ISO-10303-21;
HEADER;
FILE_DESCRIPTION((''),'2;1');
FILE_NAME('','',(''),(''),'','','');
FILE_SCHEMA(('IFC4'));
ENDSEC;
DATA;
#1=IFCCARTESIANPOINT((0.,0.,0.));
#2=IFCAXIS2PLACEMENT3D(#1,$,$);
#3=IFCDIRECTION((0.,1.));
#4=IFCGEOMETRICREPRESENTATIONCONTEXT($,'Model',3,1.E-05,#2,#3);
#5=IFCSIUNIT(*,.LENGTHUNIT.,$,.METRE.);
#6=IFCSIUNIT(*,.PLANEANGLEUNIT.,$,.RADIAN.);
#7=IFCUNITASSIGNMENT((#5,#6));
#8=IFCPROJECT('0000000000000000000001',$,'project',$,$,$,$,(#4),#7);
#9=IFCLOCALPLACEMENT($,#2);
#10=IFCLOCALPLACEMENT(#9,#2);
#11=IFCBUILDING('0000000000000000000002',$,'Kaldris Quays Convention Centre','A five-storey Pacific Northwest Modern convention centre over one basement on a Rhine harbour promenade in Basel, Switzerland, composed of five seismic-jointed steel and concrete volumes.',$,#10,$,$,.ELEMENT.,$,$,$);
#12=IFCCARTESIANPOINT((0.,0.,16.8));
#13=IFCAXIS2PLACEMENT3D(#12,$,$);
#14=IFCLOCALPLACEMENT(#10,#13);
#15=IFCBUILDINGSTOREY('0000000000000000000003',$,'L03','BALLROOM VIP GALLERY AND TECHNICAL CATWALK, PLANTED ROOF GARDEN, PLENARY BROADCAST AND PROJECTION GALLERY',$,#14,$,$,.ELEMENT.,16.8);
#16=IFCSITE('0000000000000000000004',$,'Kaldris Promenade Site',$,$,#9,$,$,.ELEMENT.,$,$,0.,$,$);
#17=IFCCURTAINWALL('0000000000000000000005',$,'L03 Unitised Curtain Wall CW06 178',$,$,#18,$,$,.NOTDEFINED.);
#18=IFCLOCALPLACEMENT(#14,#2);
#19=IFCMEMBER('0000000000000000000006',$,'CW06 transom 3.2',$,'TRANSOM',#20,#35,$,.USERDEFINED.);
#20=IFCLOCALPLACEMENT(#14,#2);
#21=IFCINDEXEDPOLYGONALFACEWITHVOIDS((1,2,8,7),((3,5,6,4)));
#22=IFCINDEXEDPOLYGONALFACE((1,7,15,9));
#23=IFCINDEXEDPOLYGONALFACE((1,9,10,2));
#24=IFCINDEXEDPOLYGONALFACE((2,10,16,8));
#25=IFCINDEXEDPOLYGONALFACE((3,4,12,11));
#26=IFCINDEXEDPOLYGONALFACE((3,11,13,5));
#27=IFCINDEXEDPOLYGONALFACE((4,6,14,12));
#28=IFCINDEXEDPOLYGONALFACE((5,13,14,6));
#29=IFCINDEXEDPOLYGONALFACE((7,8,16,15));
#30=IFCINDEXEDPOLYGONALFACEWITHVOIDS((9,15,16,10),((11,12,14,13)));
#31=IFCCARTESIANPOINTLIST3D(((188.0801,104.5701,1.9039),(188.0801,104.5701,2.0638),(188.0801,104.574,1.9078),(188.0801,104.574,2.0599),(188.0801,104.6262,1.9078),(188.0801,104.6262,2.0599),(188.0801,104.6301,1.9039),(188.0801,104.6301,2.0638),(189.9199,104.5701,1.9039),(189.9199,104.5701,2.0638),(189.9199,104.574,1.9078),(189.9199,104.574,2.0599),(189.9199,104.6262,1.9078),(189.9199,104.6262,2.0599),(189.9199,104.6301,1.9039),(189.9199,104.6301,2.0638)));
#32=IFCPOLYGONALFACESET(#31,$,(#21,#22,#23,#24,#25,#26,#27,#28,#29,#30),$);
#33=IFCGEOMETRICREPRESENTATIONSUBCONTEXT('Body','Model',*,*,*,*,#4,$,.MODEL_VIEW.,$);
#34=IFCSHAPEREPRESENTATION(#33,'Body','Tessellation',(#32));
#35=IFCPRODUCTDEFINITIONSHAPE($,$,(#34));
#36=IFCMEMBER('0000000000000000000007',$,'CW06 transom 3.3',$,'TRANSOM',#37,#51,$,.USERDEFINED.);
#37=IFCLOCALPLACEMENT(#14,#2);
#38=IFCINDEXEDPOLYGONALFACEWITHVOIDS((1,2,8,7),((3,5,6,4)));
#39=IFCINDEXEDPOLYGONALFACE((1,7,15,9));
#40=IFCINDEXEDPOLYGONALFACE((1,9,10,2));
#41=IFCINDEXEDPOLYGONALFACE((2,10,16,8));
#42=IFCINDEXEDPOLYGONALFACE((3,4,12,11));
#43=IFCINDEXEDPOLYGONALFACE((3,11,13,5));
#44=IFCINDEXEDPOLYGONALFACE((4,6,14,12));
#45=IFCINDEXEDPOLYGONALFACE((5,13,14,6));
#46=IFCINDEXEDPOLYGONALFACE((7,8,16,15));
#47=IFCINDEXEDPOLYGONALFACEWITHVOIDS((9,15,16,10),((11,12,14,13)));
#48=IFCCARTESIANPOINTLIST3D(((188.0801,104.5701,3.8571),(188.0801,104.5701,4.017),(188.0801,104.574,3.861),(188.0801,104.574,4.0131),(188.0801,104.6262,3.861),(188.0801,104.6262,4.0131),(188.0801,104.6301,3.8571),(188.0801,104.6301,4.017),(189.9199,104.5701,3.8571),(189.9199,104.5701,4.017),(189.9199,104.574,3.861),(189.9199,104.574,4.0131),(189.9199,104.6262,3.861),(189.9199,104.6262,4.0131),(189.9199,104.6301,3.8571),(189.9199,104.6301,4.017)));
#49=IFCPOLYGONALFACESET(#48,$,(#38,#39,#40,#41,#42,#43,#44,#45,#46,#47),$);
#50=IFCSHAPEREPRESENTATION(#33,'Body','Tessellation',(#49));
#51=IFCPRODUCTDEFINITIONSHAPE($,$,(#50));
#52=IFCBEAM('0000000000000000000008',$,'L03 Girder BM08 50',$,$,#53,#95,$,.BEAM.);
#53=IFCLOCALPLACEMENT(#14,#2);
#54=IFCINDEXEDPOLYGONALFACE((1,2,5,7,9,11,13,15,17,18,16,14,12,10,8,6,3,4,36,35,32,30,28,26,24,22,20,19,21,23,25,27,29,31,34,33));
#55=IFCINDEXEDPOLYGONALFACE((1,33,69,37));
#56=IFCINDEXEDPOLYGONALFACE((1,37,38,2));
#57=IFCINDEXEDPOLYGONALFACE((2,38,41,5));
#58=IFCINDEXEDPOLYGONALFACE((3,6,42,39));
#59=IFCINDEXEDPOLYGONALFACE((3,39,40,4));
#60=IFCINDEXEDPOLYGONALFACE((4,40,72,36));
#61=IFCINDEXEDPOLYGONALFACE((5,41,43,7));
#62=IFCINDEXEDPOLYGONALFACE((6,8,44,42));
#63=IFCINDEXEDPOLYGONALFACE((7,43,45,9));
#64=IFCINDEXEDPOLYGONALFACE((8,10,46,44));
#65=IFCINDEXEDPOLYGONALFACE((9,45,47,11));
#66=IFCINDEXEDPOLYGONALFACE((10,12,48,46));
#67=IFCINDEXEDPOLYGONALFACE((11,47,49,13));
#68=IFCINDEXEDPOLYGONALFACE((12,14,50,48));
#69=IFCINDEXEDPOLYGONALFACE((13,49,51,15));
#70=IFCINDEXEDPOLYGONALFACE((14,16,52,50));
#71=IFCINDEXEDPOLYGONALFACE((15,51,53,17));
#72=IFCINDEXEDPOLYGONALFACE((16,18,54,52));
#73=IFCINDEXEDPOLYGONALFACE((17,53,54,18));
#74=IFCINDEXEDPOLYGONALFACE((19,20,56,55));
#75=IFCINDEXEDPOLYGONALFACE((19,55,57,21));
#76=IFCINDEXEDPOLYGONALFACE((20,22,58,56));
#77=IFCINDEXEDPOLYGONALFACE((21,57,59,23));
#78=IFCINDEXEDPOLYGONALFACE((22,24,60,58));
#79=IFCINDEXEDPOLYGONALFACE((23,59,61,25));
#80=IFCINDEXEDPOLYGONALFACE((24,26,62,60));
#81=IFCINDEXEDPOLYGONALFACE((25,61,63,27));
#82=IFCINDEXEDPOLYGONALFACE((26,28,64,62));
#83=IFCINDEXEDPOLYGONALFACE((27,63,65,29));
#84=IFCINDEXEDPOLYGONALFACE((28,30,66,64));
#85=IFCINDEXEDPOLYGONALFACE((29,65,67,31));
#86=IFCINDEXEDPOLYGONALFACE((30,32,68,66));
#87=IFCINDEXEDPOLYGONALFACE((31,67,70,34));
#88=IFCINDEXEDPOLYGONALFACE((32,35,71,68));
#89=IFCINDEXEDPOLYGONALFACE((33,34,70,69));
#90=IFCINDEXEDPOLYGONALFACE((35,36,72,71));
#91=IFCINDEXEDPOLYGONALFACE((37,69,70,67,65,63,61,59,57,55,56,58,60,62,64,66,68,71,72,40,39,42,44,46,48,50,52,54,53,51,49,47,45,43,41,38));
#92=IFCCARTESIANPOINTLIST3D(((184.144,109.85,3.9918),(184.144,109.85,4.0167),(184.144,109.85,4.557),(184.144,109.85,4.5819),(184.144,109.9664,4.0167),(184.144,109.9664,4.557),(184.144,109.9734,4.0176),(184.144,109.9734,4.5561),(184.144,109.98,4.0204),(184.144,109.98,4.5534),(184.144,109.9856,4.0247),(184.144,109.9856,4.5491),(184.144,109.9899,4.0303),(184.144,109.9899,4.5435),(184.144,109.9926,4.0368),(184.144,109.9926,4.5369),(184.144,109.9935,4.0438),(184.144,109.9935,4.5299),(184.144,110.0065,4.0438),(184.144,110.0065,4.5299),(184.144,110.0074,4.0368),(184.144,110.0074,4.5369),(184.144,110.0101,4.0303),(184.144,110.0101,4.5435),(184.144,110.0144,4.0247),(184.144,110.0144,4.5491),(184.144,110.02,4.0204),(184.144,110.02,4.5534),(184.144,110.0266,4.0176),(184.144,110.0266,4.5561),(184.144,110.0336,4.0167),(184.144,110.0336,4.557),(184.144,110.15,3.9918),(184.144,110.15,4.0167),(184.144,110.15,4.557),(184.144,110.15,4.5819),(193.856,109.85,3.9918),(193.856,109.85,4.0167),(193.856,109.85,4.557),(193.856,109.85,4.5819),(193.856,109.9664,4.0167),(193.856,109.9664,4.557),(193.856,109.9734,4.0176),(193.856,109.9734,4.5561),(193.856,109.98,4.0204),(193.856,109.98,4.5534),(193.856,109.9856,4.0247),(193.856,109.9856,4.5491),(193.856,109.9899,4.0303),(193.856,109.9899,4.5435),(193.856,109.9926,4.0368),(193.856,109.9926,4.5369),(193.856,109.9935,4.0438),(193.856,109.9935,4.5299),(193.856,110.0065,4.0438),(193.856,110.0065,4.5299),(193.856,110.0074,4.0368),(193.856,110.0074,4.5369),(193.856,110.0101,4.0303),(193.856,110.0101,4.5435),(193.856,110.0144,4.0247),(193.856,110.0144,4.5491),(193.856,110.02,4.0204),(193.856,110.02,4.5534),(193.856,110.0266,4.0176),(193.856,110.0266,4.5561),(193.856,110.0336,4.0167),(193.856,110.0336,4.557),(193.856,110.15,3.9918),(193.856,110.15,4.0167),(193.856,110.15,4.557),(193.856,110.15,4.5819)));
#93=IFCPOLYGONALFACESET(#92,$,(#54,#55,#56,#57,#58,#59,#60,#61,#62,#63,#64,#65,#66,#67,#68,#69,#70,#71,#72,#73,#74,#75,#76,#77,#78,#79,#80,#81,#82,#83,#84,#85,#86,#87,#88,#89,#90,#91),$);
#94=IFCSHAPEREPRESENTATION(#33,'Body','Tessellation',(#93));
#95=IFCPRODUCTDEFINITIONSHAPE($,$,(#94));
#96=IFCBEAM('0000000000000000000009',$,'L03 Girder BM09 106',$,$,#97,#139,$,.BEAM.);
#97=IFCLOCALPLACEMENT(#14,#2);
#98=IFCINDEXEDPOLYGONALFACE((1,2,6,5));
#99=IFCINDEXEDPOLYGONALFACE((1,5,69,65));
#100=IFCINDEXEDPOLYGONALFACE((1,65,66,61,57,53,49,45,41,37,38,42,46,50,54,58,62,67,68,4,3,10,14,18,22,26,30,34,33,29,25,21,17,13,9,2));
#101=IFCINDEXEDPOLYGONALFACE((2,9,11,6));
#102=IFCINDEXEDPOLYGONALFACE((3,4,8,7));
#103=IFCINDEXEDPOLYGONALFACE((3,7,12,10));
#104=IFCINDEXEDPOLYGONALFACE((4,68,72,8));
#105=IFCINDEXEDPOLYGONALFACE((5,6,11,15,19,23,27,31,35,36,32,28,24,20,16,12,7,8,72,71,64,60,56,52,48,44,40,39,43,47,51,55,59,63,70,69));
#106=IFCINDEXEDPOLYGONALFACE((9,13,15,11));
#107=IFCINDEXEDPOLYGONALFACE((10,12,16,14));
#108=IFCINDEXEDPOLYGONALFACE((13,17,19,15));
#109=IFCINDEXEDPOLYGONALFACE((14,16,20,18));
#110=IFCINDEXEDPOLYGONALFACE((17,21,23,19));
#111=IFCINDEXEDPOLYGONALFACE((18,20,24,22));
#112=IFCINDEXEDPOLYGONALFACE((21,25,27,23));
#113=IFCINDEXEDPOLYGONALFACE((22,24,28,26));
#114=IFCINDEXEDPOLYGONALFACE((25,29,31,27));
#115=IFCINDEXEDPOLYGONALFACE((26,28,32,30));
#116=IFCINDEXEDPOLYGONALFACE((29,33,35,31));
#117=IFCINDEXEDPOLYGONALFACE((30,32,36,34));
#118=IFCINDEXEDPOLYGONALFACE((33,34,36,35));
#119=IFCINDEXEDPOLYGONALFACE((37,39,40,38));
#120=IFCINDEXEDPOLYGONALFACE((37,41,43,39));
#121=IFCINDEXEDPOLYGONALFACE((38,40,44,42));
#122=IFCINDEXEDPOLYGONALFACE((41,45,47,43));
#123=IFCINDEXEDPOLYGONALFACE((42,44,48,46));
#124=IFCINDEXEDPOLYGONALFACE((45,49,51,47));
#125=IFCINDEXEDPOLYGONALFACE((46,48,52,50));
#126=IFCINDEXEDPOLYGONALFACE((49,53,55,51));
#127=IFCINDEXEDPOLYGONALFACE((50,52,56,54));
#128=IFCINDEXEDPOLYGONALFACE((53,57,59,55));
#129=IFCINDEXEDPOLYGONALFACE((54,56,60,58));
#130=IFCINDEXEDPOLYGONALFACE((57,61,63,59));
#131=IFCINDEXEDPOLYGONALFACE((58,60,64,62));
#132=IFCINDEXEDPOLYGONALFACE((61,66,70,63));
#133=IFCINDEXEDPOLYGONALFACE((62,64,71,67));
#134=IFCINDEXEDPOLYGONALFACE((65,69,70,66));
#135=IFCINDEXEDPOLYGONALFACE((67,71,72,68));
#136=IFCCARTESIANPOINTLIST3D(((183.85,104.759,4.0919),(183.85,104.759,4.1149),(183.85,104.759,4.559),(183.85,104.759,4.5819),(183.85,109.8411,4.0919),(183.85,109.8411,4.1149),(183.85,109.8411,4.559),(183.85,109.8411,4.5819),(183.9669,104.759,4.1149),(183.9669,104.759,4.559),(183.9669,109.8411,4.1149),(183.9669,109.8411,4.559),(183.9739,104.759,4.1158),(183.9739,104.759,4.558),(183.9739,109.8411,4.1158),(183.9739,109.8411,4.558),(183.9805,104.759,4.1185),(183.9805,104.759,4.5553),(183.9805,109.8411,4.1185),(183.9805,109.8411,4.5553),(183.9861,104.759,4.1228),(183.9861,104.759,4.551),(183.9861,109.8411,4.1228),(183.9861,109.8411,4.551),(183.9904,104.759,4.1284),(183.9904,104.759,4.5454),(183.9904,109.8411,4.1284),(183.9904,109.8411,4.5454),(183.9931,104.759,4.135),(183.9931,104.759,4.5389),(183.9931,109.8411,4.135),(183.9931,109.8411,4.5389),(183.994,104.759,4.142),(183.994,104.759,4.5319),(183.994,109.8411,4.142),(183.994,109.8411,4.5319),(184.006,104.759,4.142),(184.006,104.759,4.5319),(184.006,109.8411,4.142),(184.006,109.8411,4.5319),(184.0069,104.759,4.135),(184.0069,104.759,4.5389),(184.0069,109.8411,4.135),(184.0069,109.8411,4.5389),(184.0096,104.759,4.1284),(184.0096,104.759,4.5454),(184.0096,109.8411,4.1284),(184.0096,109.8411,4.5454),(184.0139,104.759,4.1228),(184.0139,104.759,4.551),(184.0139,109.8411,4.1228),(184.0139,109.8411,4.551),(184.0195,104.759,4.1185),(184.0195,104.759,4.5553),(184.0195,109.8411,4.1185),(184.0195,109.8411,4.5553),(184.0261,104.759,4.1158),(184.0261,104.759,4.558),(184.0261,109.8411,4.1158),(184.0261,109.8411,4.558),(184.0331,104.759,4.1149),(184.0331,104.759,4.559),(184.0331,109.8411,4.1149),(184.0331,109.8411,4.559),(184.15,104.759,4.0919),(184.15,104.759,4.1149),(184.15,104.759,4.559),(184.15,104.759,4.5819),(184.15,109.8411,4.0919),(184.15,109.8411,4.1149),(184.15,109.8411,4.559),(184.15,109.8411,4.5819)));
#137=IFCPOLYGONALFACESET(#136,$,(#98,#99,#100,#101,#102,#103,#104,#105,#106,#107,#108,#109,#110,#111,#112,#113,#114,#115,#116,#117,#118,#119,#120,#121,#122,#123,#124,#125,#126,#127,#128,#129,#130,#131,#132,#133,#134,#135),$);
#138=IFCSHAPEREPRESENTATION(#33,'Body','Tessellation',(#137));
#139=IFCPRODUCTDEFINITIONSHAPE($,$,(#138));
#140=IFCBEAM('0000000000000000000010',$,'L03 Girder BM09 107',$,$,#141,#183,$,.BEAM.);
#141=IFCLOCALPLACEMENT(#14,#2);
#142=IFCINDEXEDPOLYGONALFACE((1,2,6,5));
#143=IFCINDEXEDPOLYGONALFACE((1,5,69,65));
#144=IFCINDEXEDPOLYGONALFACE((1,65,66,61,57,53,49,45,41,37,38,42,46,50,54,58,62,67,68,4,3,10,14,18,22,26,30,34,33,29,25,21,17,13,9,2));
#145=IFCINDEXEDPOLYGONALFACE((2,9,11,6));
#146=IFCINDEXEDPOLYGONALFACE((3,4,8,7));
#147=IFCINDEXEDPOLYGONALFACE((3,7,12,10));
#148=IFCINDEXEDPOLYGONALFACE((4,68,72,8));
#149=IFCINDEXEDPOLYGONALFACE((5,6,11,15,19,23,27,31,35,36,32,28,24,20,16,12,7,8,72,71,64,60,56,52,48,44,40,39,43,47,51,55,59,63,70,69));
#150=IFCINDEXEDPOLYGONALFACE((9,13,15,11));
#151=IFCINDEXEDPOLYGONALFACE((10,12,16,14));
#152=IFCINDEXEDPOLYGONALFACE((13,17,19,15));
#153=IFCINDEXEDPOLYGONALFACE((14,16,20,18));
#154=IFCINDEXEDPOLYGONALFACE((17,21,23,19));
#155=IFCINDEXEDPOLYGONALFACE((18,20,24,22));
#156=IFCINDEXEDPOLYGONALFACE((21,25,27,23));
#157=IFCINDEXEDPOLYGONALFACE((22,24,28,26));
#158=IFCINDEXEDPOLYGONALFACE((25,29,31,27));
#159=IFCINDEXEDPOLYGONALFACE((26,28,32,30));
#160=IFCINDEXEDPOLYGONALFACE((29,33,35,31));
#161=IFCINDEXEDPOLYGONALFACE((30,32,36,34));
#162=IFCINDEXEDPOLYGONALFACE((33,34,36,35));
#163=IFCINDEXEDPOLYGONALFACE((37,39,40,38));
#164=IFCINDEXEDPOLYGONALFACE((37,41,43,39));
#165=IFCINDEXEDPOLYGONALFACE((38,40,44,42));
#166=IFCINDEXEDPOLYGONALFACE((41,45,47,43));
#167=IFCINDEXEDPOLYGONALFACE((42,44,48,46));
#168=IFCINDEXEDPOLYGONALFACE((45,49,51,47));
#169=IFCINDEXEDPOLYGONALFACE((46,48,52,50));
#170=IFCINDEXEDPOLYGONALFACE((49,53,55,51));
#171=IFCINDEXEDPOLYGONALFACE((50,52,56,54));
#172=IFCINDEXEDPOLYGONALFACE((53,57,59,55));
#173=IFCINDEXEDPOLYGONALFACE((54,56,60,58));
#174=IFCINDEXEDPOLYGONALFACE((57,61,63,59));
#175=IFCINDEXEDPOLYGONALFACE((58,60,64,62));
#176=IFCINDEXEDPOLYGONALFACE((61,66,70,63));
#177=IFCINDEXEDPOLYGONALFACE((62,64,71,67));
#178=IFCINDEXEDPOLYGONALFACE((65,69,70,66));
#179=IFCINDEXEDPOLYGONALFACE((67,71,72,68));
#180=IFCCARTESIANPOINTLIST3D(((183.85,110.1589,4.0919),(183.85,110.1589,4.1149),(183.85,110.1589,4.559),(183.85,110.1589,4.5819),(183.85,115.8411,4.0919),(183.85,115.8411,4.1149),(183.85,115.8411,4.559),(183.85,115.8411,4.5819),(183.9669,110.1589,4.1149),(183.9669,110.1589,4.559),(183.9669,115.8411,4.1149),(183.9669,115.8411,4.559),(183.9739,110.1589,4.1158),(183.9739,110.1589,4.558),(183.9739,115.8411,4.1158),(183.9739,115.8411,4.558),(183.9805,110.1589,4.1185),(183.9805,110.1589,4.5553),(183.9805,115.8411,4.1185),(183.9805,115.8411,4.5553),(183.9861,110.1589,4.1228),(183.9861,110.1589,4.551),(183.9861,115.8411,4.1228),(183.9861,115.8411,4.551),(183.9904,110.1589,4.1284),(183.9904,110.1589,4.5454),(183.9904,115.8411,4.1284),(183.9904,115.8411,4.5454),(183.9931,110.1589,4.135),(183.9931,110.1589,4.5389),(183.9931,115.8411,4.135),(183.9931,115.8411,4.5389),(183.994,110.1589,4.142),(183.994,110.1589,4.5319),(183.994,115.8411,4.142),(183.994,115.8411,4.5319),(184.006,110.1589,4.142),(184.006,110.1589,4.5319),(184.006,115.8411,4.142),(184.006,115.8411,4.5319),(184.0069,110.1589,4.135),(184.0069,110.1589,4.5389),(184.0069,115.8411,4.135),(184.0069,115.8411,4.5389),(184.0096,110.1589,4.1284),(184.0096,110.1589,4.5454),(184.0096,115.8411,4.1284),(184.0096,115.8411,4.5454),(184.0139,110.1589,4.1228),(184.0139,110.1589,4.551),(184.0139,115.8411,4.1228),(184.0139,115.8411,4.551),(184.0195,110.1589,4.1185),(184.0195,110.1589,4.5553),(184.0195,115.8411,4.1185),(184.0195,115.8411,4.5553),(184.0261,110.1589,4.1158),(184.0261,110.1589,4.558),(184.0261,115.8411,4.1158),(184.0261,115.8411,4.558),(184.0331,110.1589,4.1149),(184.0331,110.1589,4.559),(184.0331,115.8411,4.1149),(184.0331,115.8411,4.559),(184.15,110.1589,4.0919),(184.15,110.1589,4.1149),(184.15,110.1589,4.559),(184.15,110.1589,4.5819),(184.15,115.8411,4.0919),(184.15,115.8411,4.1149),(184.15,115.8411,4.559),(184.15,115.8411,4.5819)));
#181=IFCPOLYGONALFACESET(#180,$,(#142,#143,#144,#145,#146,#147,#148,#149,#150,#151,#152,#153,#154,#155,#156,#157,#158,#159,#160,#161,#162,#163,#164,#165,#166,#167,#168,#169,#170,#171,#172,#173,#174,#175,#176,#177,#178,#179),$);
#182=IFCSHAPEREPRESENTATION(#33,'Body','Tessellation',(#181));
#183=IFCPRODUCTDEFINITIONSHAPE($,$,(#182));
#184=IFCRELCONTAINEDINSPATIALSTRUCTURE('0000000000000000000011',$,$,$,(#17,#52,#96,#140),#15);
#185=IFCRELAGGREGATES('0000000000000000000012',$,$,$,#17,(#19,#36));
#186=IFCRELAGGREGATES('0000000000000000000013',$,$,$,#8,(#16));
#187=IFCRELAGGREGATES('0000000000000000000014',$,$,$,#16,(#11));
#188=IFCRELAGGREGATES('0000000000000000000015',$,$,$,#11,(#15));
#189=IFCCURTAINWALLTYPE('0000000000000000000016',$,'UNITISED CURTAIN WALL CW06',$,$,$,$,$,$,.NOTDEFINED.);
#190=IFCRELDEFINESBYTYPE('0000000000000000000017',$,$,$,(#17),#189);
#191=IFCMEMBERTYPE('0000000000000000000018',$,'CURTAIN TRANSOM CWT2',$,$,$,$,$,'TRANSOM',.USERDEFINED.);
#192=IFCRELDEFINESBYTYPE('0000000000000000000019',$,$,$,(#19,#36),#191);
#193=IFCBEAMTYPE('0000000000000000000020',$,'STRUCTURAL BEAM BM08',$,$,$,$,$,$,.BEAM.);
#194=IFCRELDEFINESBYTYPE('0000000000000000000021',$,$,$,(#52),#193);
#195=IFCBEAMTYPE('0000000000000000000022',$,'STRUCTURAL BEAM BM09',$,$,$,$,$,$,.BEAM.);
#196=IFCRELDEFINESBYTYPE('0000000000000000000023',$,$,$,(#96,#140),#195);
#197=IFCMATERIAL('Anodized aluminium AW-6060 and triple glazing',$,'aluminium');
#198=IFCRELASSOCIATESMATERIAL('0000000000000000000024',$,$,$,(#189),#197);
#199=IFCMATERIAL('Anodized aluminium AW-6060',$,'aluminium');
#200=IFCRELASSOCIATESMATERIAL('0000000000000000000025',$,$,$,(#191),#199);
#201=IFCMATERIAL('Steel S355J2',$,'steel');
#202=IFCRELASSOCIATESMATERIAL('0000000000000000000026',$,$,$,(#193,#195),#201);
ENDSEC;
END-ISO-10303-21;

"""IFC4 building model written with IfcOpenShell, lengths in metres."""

from ifc_helpers import new_model, si_unit, direction, frame, origin, origin_2d, place, context, subcontext, project, spatial, hollow_rectangle, i_section, extrude, material, material_profile, profile_set, type_object, element, aggregate, save


model = new_model("IFC4")

# Units and contexts
model_context = context("Model", 3, precision=1e-05, world=origin(), true_north=direction((0.0, 1.0)))
body_context = subcontext(model_context, "Body", "Model", "MODEL_VIEW")
ifc_project = project(units=[si_unit("LENGTHUNIT", "METRE"), si_unit("PLANEANGLEUNIT", "RADIAN")], contexts=[model_context])

# Site, building, storey
site_placement = place(None, origin())
site = spatial("IfcSite", under=ifc_project, at=site_placement, Name="Kaldris Promenade Site", CompositionType="ELEMENT", RefElevation=0.0)
building_placement = place(site_placement, origin())
building = spatial("IfcBuilding", under=site, at=building_placement, Name="Kaldris Quays Convention Centre", Description="A five-storey Pacific Northwest Modern convention centre over one basement on a Rhine harbour promenade in Basel, Switzerland, composed of five seismic-jointed steel and concrete volumes.", CompositionType="ELEMENT")
storey_placement = place(building_placement, frame((0.0, 0.0, 16.8)))
storey = spatial("IfcBuildingStorey", under=building, at=storey_placement, Name="L03", Description="BALLROOM VIP GALLERY AND TECHNICAL CATWALK, PLANTED ROOF GARDEN, PLENARY BROADCAST AND PROJECTION GALLERY", CompositionType="ELEMENT", Elevation=16.8)

# Shared definitions
ifc_material_1 = material(Name="Steel S355J2", Category="steel")

# Curtain wall
ifc_material_2 = material(Name="Anodized aluminium AW-6060 and triple glazing", Category="aluminium")
curtain_wall_type = type_object("IfcCurtainWallType", Name="UNITISED CURTAIN WALL CW06", PredefinedType="NOTDEFINED", material=ifc_material_2)
ifc_material_3 = material(Name="Anodized aluminium AW-6060", Category="aluminium")
curtain_wall_1_placement = place(storey_placement, origin())
curtain_wall_1 = element("IfcCurtainWall", 1, at=curtain_wall_1_placement, inside=storey, type_object=curtain_wall_type, Name="L03 Unitised Curtain Wall CW06 178", PredefinedType="NOTDEFINED")

# Members
ifc_material_profile_1 = material_profile(ifc_material_3, hollow_rectangle(XDim=0.0601, YDim=0.1599, WallThickness=0.0039, at=origin_2d()), Name="RHS 160x60x4")
ifc_profile_set_1 = profile_set([ifc_material_profile_1], Name="Anodized aluminium AW-6060")
member_type_1 = type_object("IfcMemberType", Name="CURTAIN TRANSOM CWT2", ElementType="TRANSOM", PredefinedType="USERDEFINED", material=ifc_profile_set_1)
member_1_placement = place(storey_placement, frame((188.0801, 104.6001, 1.9839), z_axis=(1.0, 0.0, 0.0), x_axis=(0.0, 1.0, 0.0)))
member_1 = element("IfcMember", 2, at=member_1_placement, type_object=member_type_1, Name="CW06 transom 3.2", ObjectType="TRANSOM", PredefinedType="USERDEFINED", context=body_context, shape_type="SweptSolid", body=[
    extrude(hollow_rectangle(XDim=0.0601, YDim=0.1599, WallThickness=0.0039, at=origin_2d()), origin(), (0.0, 0.0, 1.0), 1.8398),
])
member_2_placement = place(storey_placement, frame((188.0801, 104.6001, 3.937), z_axis=(1.0, 0.0, 0.0), x_axis=(0.0, 1.0, 0.0)))
member_2 = element("IfcMember", 3, at=member_2_placement, type_object=member_type_1, Name="CW06 transom 3.3", ObjectType="TRANSOM", PredefinedType="USERDEFINED", context=body_context, shape_type="SweptSolid", body=[
    extrude(hollow_rectangle(XDim=0.0601, YDim=0.1599, WallThickness=0.0039, at=origin_2d()), origin(), (0.0, 0.0, 1.0), 1.8398),
])

# Beams
ifc_material_profile_2 = material_profile(ifc_material_1, i_section(OverallWidth=0.3, OverallDepth=0.5901, WebThickness=0.0129, FlangeThickness=0.0249, FilletRadius=0.0271, at=origin_2d()), Name="HEA 600")
ifc_profile_set_2 = profile_set([ifc_material_profile_2], Name="Steel S355J2")
beam_type_1 = type_object("IfcBeamType", Name="STRUCTURAL BEAM BM08", PredefinedType="BEAM", material=ifc_profile_set_2)
beam_1_placement = place(storey_placement, frame((184.144, 110.0, 4.2869), z_axis=(1.0, 0.0, 0.0), x_axis=(0.0, 1.0, 0.0)))
element("IfcBeam", 4, at=beam_1_placement, inside=storey, type_object=beam_type_1, Name="L03 Girder BM08 50", PredefinedType="BEAM", context=body_context, shape_type="SweptSolid", body=[
    extrude(i_section(OverallWidth=0.3, OverallDepth=0.5901, WebThickness=0.0129, FlangeThickness=0.0249, FilletRadius=0.0271, at=origin_2d()), origin(), (0.0, 0.0, 1.0), 9.7119),
])
ifc_material_profile_3 = material_profile(ifc_material_1, i_section(OverallWidth=0.3, OverallDepth=0.49, WebThickness=0.012, FlangeThickness=0.0229, FilletRadius=0.0271, at=origin_2d()), Name="HEA 500")
ifc_profile_set_3 = profile_set([ifc_material_profile_3], Name="Steel S355J2")
beam_type_2 = type_object("IfcBeamType", Name="STRUCTURAL BEAM BM09", PredefinedType="BEAM", material=ifc_profile_set_3)
beam_2_placement = place(storey_placement, frame((184.0, 104.759, 4.3369), z_axis=(0.0, 1.0, 0.0), x_axis=(-1.0, 0.0, 0.0)))
element("IfcBeam", 5, at=beam_2_placement, inside=storey, type_object=beam_type_2, Name="L03 Girder BM09 106", PredefinedType="BEAM", context=body_context, shape_type="SweptSolid", body=[
    extrude(i_section(OverallWidth=0.3, OverallDepth=0.49, WebThickness=0.012, FlangeThickness=0.0229, FilletRadius=0.0271, at=origin_2d()), origin(), (0.0, 0.0, 1.0), 5.082),
])
beam_3_placement = place(storey_placement, frame((184.0, 110.1589, 4.3369), z_axis=(0.0, 1.0, 0.0), x_axis=(-1.0, 0.0, 0.0)))
element("IfcBeam", 6, at=beam_3_placement, inside=storey, type_object=beam_type_2, Name="L03 Girder BM09 107", PredefinedType="BEAM", context=body_context, shape_type="SweptSolid", body=[
    extrude(i_section(OverallWidth=0.3, OverallDepth=0.49, WebThickness=0.012, FlangeThickness=0.0229, FilletRadius=0.0271, at=origin_2d()), origin(), (0.0, 0.0, 1.0), 5.6821),
])

aggregate(curtain_wall_1, [member_1, member_2])

save(model, "model.ifc")
